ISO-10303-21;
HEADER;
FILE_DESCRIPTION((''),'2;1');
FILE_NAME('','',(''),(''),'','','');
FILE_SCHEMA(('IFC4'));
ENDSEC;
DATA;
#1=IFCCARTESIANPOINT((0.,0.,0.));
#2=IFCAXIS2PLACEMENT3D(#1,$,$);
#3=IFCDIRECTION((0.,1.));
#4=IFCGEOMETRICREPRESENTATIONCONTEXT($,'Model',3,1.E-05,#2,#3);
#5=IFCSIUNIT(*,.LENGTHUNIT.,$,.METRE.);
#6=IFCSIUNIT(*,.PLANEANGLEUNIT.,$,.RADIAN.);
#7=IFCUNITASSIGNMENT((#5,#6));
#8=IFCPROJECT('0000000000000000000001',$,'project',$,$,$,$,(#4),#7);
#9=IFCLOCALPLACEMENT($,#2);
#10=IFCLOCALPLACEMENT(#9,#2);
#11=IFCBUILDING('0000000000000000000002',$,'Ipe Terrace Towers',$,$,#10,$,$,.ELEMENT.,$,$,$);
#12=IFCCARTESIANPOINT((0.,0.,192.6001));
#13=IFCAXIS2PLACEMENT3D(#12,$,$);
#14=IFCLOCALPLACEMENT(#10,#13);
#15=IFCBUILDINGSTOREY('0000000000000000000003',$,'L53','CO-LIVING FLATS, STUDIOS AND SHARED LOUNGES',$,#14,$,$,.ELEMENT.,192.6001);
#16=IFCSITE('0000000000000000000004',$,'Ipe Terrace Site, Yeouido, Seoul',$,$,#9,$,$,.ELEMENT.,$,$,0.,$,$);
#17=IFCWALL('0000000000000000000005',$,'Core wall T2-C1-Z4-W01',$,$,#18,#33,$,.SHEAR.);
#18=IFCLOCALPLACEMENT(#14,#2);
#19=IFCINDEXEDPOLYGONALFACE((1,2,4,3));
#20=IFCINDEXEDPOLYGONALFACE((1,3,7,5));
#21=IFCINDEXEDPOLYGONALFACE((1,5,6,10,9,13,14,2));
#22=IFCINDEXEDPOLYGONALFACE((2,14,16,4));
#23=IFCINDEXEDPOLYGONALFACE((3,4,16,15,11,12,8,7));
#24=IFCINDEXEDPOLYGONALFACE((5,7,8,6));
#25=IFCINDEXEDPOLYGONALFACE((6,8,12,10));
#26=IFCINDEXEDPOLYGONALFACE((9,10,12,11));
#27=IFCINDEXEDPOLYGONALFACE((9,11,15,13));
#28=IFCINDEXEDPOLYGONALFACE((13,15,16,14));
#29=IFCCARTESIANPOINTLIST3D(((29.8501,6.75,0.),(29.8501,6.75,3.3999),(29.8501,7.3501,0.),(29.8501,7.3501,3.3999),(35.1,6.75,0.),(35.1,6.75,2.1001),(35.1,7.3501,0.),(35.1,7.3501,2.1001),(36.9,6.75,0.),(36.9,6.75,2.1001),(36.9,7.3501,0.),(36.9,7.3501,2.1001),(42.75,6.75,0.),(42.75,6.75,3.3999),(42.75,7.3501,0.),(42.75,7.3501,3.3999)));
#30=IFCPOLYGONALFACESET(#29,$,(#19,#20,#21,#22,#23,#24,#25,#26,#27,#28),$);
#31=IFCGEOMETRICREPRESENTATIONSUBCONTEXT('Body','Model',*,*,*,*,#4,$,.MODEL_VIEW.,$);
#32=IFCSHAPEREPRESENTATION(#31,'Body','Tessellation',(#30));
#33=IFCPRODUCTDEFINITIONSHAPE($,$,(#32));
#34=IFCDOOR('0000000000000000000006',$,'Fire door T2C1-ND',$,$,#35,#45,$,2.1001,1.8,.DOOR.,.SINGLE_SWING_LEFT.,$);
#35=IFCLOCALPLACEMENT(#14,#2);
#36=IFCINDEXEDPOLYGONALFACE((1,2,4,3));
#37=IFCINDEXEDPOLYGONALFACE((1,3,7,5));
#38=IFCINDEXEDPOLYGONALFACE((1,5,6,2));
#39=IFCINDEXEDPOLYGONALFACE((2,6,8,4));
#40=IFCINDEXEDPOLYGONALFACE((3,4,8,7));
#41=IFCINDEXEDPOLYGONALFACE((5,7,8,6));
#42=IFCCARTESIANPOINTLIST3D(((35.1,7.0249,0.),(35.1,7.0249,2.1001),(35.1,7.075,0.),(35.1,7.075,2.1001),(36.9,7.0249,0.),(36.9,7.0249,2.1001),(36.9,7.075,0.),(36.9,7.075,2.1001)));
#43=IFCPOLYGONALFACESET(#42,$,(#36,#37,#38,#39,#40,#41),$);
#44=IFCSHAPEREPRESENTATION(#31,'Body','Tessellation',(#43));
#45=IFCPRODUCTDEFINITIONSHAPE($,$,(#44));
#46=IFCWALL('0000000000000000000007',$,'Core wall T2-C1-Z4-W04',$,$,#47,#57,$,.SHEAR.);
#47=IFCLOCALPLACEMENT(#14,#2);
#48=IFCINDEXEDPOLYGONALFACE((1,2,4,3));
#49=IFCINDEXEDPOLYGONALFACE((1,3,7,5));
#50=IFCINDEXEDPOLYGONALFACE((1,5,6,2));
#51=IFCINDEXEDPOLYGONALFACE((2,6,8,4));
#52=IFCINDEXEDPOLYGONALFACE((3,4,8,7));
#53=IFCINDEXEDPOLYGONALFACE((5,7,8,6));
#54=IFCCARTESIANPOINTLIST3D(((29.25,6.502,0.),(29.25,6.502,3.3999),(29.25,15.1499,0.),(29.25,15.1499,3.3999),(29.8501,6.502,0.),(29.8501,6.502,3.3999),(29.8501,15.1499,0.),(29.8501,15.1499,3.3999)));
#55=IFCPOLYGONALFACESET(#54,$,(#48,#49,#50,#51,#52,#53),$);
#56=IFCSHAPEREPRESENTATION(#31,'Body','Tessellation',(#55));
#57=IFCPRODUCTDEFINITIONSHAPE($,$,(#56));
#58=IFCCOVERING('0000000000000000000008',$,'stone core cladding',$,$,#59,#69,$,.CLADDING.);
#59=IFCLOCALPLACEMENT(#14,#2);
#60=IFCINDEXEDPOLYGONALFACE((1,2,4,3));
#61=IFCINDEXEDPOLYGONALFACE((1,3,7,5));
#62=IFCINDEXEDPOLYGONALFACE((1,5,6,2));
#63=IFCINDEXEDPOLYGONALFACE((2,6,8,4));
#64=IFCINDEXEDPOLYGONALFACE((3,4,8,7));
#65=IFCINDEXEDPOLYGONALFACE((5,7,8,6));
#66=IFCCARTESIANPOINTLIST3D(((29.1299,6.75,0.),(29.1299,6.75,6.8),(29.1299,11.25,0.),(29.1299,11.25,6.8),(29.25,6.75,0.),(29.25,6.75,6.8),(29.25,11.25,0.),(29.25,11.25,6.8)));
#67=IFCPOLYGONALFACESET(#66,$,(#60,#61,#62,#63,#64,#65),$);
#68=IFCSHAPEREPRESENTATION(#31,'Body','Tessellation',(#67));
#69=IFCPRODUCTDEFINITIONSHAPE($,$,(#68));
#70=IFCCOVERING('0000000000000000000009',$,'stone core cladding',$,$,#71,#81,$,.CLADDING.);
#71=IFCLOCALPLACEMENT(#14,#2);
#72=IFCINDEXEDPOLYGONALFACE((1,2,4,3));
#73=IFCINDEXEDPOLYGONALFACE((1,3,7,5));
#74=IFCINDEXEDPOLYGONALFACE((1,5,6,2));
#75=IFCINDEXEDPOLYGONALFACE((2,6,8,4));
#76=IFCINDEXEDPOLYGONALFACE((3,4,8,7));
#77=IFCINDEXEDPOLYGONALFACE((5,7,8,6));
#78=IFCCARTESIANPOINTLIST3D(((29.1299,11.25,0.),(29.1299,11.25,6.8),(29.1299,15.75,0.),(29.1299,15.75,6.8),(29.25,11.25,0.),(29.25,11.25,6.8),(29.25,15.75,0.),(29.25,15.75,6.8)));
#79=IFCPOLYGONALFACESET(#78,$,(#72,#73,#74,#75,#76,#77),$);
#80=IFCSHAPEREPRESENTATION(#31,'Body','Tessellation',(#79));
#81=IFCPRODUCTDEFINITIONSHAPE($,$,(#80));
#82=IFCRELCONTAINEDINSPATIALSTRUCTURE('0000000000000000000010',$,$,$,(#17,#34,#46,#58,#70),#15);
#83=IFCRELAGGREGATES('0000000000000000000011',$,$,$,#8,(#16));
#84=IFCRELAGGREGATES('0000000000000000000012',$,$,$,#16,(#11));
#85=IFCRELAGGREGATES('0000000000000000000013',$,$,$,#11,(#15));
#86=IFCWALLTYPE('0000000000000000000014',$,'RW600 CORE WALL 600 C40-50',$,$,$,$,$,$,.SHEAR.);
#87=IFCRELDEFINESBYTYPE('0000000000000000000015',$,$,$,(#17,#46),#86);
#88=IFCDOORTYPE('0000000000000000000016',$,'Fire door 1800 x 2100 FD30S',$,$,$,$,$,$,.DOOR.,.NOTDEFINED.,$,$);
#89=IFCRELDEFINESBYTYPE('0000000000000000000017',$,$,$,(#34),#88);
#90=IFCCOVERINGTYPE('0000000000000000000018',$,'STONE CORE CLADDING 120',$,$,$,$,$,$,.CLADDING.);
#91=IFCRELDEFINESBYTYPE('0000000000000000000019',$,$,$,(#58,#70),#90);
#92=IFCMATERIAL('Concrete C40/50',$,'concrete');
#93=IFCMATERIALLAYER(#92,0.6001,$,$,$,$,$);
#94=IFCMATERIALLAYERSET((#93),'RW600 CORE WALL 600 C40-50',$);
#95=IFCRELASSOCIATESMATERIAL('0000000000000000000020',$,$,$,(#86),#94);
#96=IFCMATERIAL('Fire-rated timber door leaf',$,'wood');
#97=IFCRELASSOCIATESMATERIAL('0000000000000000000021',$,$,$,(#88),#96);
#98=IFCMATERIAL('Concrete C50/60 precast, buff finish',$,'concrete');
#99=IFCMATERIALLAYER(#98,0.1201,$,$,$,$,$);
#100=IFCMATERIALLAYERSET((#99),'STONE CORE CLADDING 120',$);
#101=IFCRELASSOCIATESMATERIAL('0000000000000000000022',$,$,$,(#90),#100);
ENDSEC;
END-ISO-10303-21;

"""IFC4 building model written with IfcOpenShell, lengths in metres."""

from ifc_helpers import new_model, si_unit, direction, frame, frame_2d, origin, origin_2d, place, context, subcontext, project, spatial, rectangle, extrude, material, layer, layer_set, type_object, element, fill, save


model = new_model("IFC4")

# Units and contexts
model_context = context("Model", 3, precision=1e-05, world=origin(), true_north=direction((0.0, 1.0)))
body_context = subcontext(model_context, "Body", "Model", "MODEL_VIEW")
ifc_project = project(units=[si_unit("LENGTHUNIT", "METRE"), si_unit("PLANEANGLEUNIT", "RADIAN")], contexts=[model_context])

# Site, building, storey
site_placement = place(None, origin())
site = spatial("IfcSite", under=ifc_project, at=site_placement, Name="Ipe Terrace Site, Yeouido, Seoul", CompositionType="ELEMENT", RefElevation=0.0)
building_placement = place(site_placement, origin())
building = spatial("IfcBuilding", under=site, at=building_placement, Name="Ipe Terrace Towers", CompositionType="ELEMENT")
storey_placement = place(building_placement, frame((0.0, 0.0, 192.6001)))
storey = spatial("IfcBuildingStorey", under=building, at=storey_placement, Name="L53", Description="CO-LIVING FLATS, STUDIOS AND SHARED LOUNGES", CompositionType="ELEMENT", Elevation=192.6001)

# Wall, opening, door
ifc_material_1 = material(Name="Concrete C40/50", Category="concrete")
ifc_layer_1 = layer(ifc_material_1, 0.6001)
ifc_layer_set_1 = layer_set([ifc_layer_1], Name="RW600 CORE WALL 600 C40-50")
wall_type_1 = type_object("IfcWallType", Name="RW600 CORE WALL 600 C40-50", PredefinedType="SHEAR", material=ifc_layer_set_1)
wall_1_placement = place(storey_placement, frame((29.8501, 7.05, 0.0), z_axis=(0.0, 0.0, 1.0), x_axis=(1.0, 0.0, 0.0)))
wall_1 = element("IfcWall", 1, at=wall_1_placement, inside=storey, type_object=wall_type_1, Name="Core wall T2-C1-Z4-W01", PredefinedType="SHEAR", context=body_context, shape_type="SweptSolid", body=[
    extrude(rectangle(XDim=12.8999, YDim=0.6001, at=frame_2d((6.45, 0.0))), origin(), (0.0, 0.0, 1.0), 3.3999),
])
opening_1_placement = place(wall_1_placement, frame((5.25, 0.0, 0.0)))
opening_1 = element("IfcOpeningElement", 2, at=opening_1_placement, cuts=wall_1, PredefinedType="OPENING", context=body_context, shape_type="SweptSolid", body=[
    extrude(rectangle(XDim=1.8, YDim=2.1001, at=frame_2d((0.8999, 1.05))), frame((0.0, 0.3101, 0.0), z_axis=(0.0, -1.0, 0.0), x_axis=(1.0, 0.0, 0.0)), (0.0, 0.0, 1.0), 0.6201),
])
ifc_material_2 = material(Name="Fire-rated timber door leaf", Category="wood")
door_type_1 = type_object("IfcDoorType", Name="Fire door 1800 x 2100 FD30S", OperationType="NOTDEFINED", PredefinedType="DOOR", material=ifc_material_2)
door_1_placement = place(opening_1_placement, origin())
door_1 = element("IfcDoor", 3, at=door_1_placement, inside=storey, type_object=door_type_1, Name="Fire door T2C1-ND", OperationType="SINGLE_SWING_LEFT", OverallHeight=2.1001, OverallWidth=1.8, PredefinedType="DOOR", context=body_context, shape_type="SweptSolid", body=[
    extrude(rectangle(XDim=1.8, YDim=2.1001, at=frame_2d((0.8999, 1.05))), frame((0.0, 0.0249, 0.0), z_axis=(0.0, -1.0, 0.0), x_axis=(1.0, 0.0, 0.0)), (0.0, 0.0, 1.0), 0.05),
])
fill(opening_1, door_1)

# Wall
wall_2_placement = place(storey_placement, frame((29.55, 15.1499, 0.0), z_axis=(0.0, 0.0, 1.0), x_axis=(0.0, -1.0, 0.0)))
element("IfcWall", 4, at=wall_2_placement, inside=storey, type_object=wall_type_1, Name="Core wall T2-C1-Z4-W04", PredefinedType="SHEAR", context=body_context, shape_type="SweptSolid", body=[
    extrude(rectangle(XDim=8.6479, YDim=0.6001, at=frame_2d((4.324, 0.0))), origin(), (0.0, 0.0, 1.0), 3.3999),
])

# Coverings
ifc_material_3 = material(Name="Concrete C50/60 precast, buff finish", Category="concrete")
ifc_layer_2 = layer(ifc_material_3, 0.1201)
ifc_layer_set_2 = layer_set([ifc_layer_2], Name="STONE CORE CLADDING 120")
covering_type = type_object("IfcCoveringType", Name="STONE CORE CLADDING 120", PredefinedType="CLADDING", material=ifc_layer_set_2)
for number, where, z_axis, x_axis, name in (
    (5, (29.1899, 9.0, 0.0), (0.0, 0.0, 1.0), (0.0, -1.0, 0.0), "stone core cladding"),
    (6, (29.1899, 13.5, 0.0), (0.0, 0.0, 1.0), (0.0, -1.0, 0.0), "stone core cladding"),
):
    element("IfcCovering", number, at=place(storey_placement, frame(where, z_axis=z_axis, x_axis=x_axis)), inside=storey, type_object=covering_type, Name=name, PredefinedType="CLADDING", context=body_context, shape_type="SweptSolid", body=[
        extrude(rectangle(XDim=4.5, YDim=0.1201, at=origin_2d()), origin(), (0.0, 0.0, 1.0), 6.8),
    ])

save(model, "model.ifc")
